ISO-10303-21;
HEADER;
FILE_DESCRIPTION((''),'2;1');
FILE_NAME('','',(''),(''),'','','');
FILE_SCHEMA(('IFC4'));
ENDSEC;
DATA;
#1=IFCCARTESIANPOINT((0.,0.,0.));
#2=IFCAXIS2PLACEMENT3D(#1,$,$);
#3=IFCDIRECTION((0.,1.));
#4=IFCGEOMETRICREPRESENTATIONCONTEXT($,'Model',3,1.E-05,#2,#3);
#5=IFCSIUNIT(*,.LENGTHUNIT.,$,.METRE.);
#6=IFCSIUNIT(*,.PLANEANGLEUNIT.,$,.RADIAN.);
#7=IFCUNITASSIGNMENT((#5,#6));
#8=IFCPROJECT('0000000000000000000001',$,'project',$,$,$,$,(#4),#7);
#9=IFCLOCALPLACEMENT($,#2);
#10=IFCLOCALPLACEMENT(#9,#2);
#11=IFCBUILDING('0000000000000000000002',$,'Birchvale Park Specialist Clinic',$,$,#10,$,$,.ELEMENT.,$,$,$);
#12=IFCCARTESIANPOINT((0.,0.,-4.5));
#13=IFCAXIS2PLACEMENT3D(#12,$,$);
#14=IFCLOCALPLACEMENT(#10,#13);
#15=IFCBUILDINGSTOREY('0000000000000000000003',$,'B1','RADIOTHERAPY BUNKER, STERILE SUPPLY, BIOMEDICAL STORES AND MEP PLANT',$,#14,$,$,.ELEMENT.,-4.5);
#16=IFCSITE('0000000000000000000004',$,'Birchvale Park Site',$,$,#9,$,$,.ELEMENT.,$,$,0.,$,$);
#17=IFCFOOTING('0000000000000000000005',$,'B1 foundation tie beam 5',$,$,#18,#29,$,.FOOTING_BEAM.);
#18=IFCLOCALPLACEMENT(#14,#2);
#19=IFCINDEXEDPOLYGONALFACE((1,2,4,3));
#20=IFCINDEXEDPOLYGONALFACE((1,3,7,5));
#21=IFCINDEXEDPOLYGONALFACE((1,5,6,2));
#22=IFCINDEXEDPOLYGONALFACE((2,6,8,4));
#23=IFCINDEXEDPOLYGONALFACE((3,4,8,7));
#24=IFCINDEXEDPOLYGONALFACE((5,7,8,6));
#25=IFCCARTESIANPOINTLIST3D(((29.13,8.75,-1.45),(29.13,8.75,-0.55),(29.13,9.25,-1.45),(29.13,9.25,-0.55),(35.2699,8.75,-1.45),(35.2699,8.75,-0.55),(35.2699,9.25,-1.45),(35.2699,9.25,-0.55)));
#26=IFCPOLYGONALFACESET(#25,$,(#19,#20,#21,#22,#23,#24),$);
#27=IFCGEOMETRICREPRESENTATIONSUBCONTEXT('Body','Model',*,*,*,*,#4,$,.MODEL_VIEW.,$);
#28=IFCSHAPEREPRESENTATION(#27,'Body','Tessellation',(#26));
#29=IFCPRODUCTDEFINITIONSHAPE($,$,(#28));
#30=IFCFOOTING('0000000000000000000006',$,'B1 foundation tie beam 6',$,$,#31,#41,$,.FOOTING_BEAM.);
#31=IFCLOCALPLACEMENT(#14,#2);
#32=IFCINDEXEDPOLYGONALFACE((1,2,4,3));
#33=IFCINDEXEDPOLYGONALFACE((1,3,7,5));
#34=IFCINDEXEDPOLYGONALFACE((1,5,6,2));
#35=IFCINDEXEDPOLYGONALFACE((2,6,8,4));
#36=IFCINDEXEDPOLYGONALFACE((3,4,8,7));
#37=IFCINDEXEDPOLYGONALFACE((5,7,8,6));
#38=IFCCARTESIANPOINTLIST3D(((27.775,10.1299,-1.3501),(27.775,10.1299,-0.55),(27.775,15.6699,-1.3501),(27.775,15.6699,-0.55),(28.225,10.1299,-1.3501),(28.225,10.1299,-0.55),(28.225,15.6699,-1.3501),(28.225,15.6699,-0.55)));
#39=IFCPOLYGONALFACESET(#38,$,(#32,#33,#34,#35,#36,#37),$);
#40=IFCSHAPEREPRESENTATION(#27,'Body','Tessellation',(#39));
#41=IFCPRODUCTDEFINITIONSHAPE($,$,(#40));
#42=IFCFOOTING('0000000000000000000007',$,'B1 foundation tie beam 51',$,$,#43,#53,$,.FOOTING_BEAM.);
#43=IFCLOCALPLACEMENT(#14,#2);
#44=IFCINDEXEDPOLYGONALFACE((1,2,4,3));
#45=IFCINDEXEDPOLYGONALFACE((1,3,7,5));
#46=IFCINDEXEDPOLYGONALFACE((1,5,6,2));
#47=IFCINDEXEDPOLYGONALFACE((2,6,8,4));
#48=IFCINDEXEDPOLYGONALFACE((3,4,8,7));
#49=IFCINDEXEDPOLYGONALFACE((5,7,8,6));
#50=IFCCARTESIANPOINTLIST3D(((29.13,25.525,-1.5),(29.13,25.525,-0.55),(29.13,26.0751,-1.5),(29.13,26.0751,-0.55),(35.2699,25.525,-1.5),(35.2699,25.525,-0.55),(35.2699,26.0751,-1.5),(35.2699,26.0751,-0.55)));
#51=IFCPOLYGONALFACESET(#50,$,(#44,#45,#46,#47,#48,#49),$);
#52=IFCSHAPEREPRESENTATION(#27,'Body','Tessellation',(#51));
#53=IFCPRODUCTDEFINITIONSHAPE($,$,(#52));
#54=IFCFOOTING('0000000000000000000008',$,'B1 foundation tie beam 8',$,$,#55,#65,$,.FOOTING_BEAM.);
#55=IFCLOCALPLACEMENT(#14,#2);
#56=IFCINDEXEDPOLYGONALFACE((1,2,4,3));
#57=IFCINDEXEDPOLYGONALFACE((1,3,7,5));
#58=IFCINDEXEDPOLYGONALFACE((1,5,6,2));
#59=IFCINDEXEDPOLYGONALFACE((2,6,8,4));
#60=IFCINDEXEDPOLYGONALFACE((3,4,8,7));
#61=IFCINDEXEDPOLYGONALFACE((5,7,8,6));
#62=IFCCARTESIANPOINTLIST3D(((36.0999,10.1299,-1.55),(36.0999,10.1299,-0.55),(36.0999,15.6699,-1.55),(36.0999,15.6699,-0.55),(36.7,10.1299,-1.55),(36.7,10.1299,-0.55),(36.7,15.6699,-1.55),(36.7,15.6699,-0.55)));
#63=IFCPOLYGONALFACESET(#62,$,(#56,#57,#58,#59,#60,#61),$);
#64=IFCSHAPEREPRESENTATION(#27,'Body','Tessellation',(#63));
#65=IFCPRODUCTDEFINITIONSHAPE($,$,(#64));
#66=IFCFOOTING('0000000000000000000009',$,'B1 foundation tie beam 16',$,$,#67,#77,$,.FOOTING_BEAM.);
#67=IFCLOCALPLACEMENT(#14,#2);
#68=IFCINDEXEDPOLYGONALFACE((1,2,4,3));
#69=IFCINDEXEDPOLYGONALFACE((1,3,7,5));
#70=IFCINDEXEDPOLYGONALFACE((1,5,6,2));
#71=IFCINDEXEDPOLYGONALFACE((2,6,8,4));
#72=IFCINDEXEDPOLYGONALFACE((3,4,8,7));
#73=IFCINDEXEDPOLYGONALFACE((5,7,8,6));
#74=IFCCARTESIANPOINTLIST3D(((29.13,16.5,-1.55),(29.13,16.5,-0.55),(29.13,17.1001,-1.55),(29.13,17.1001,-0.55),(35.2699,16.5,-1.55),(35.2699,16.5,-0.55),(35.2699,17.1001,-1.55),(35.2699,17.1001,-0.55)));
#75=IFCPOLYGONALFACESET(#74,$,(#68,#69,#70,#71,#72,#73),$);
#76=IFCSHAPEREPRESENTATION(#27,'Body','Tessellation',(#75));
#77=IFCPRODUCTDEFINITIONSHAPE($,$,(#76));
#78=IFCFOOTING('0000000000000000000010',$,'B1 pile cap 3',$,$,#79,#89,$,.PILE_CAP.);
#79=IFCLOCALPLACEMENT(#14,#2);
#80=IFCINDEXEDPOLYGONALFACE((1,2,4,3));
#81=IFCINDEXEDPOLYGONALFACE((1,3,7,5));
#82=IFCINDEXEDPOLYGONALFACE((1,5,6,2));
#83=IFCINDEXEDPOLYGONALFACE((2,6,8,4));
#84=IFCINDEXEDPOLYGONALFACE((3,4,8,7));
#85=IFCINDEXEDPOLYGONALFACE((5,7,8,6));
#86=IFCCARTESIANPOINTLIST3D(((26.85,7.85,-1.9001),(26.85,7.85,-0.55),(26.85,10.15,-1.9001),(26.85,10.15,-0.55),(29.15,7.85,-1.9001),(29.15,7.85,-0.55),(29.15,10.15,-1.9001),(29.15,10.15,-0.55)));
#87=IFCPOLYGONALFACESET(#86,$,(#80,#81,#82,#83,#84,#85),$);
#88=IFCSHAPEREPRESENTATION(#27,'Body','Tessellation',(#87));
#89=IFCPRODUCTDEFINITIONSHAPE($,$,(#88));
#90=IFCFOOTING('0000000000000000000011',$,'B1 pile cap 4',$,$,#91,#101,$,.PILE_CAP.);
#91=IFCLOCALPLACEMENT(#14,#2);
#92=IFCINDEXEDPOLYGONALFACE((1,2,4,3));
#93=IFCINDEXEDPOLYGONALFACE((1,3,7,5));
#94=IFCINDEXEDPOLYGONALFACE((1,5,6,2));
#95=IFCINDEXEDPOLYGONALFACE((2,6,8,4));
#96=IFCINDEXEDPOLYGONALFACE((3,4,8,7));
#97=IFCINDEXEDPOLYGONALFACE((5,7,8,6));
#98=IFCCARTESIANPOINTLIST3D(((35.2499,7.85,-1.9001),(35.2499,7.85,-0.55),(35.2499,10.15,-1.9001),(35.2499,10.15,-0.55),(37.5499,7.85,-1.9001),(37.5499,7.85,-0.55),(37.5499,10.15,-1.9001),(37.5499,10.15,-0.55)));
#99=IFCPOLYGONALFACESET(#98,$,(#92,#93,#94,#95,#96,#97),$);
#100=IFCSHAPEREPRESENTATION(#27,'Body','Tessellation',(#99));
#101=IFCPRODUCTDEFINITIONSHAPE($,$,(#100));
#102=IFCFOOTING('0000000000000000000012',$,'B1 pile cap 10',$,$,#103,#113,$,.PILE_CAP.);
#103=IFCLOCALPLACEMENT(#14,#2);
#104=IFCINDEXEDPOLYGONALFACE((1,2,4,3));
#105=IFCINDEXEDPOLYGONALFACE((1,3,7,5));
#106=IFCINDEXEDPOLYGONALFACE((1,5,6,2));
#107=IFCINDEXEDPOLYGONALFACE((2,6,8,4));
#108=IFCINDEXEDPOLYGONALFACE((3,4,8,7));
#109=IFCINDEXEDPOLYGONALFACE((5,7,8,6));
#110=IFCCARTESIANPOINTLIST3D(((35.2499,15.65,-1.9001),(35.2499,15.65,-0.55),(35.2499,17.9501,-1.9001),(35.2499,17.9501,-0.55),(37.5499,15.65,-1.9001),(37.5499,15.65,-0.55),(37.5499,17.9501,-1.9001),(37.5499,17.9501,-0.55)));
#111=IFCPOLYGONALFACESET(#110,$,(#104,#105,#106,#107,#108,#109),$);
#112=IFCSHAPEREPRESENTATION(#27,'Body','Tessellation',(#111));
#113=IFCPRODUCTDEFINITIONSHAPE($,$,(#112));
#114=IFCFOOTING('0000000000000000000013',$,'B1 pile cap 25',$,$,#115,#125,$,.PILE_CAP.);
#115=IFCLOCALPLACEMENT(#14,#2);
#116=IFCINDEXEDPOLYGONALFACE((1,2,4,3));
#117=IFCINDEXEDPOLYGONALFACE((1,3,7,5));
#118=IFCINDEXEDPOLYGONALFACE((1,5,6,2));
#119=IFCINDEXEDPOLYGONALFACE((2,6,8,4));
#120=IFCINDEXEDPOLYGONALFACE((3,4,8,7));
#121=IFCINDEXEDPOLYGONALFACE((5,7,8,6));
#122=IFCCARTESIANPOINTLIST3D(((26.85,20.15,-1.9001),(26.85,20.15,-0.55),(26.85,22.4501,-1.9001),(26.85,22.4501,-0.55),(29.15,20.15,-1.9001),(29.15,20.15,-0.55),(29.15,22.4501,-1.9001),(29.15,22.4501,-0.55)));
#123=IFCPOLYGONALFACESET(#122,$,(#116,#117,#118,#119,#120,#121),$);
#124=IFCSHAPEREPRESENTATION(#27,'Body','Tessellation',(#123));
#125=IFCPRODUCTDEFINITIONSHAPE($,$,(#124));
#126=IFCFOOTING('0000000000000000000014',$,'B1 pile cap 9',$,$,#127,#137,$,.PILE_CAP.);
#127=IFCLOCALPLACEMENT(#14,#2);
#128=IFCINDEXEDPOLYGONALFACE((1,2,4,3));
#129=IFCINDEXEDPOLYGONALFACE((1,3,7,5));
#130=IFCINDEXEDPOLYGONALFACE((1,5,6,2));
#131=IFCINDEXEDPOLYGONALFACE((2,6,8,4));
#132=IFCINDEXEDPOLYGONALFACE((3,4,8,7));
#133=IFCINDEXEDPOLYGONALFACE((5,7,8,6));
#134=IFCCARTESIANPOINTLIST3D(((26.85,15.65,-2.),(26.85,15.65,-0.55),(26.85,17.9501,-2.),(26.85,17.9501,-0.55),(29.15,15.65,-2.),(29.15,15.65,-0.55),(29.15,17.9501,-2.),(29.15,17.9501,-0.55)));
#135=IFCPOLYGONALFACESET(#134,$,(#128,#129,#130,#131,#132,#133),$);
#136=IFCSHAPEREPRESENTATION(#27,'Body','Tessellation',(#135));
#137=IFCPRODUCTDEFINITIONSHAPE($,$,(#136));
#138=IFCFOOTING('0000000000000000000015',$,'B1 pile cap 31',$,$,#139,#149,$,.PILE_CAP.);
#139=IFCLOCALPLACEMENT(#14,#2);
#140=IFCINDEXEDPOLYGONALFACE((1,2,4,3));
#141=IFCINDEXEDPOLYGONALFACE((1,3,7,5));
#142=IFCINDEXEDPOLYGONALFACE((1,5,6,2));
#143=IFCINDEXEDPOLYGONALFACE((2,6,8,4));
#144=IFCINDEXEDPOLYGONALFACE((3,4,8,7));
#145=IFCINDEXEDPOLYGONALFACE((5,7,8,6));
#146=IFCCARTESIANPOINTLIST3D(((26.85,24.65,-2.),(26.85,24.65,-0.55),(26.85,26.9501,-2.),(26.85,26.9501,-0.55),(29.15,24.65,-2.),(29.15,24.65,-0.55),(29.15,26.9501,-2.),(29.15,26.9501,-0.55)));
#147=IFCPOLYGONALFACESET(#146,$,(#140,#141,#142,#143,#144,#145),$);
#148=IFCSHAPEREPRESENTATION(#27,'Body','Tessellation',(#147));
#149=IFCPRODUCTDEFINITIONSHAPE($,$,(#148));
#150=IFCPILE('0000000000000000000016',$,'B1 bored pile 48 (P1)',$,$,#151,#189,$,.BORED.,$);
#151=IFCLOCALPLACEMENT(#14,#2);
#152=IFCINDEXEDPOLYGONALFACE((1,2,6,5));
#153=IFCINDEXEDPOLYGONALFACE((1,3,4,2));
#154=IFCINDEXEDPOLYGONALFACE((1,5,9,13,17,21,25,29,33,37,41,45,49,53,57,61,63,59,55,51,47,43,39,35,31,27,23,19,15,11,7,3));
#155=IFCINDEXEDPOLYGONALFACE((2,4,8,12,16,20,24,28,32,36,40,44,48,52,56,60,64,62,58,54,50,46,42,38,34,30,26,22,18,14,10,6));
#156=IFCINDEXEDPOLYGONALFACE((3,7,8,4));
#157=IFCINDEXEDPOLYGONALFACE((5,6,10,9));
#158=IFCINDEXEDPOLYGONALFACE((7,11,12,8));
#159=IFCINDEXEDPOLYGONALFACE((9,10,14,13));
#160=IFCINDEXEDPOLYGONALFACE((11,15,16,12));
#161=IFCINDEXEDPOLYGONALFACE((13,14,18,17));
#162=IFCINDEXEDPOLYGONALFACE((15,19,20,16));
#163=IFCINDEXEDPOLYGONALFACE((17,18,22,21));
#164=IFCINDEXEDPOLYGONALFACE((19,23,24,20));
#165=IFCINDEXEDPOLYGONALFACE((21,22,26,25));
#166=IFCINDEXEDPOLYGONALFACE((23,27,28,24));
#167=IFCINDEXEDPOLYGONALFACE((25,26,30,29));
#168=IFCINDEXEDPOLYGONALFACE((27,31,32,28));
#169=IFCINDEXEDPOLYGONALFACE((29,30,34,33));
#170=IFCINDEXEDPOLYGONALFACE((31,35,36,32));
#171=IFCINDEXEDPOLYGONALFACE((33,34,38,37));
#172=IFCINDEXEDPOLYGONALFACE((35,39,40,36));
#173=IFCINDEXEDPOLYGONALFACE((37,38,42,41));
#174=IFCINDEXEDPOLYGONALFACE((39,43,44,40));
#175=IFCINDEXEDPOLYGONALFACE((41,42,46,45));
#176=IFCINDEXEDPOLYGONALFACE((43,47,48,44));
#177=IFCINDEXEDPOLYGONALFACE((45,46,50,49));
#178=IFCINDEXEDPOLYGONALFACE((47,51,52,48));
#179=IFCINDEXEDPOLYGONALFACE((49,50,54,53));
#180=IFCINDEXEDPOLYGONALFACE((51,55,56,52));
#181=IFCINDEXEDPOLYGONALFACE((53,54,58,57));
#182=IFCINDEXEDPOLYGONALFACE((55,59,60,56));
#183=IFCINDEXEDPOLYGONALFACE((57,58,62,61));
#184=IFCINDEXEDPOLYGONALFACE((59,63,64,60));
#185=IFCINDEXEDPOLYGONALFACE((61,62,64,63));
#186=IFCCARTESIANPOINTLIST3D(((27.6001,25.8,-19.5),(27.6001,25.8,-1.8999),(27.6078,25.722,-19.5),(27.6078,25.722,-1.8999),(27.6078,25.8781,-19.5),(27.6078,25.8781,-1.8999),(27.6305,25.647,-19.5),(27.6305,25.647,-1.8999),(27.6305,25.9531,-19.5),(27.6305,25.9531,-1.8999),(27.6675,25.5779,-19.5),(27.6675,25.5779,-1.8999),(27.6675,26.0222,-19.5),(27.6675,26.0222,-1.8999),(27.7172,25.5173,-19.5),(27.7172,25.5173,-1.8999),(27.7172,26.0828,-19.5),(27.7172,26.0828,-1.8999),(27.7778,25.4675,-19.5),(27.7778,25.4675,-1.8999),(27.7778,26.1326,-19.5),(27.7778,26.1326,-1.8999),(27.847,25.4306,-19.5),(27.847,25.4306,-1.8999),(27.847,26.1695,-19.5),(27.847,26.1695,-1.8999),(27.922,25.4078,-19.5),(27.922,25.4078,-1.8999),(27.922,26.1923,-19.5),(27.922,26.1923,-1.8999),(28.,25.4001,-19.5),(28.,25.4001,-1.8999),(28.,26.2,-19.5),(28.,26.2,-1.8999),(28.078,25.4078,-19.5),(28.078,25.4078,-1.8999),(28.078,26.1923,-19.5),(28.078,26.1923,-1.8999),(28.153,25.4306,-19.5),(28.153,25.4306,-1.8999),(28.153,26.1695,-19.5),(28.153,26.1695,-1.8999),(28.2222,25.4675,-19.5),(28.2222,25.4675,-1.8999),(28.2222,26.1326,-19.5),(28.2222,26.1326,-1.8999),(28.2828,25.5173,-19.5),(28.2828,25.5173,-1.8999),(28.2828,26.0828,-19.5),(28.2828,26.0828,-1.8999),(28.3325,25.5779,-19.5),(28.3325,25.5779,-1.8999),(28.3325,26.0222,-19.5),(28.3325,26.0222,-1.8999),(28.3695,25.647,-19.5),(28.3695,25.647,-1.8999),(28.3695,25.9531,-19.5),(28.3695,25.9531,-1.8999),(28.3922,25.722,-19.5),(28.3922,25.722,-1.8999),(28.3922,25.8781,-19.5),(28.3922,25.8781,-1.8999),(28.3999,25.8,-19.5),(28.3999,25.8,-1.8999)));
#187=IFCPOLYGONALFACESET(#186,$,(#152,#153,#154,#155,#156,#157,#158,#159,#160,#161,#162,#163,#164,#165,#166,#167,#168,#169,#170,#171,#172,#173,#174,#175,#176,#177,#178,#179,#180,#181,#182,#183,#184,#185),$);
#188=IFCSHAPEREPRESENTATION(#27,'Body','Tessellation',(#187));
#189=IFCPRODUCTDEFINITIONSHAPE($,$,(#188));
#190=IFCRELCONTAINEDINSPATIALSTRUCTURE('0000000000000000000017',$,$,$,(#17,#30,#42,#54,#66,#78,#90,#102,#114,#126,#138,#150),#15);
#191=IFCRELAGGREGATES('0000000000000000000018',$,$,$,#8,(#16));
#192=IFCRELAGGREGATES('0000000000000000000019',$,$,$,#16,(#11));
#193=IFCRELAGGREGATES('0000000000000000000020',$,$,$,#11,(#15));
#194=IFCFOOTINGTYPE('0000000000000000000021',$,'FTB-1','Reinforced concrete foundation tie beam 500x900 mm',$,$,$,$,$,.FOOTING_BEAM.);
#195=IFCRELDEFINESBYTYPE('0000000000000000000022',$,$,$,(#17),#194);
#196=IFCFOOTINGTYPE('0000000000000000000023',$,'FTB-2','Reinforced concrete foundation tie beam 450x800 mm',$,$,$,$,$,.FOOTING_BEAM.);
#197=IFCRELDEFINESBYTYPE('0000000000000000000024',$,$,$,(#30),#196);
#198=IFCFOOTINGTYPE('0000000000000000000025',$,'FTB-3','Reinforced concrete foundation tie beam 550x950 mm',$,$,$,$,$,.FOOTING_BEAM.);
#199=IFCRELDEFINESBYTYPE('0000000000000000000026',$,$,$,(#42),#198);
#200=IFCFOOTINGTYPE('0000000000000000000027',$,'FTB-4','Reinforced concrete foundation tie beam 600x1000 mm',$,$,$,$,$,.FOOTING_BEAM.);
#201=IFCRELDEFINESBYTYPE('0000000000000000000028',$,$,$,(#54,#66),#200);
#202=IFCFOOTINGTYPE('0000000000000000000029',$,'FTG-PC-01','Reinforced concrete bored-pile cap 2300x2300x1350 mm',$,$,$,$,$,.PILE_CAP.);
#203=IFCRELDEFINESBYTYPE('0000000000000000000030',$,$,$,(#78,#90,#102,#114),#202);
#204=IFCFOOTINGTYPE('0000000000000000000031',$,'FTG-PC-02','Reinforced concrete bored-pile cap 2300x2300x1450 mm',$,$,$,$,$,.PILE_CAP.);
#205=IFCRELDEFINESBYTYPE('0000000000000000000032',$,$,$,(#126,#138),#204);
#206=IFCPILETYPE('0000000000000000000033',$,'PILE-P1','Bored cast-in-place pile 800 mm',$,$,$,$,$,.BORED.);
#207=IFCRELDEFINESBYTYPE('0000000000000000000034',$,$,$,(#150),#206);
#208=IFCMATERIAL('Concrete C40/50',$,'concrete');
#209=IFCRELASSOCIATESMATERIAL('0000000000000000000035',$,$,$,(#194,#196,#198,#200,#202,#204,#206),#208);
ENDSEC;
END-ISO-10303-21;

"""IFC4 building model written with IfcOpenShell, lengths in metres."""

from ifc_helpers import new_model, si_unit, direction, frame, origin, origin_2d, place, context, subcontext, project, spatial, rectangle, circle, extrude, material, material_profile, profile_set, type_object, element, save


model = new_model("IFC4")

# Units and contexts
model_context = context("Model", 3, precision=1e-05, world=origin(), true_north=direction((0.0, 1.0)))
body_context = subcontext(model_context, "Body", "Model", "MODEL_VIEW")
ifc_project = project(units=[si_unit("LENGTHUNIT", "METRE"), si_unit("PLANEANGLEUNIT", "RADIAN")], contexts=[model_context])

# Site, building, storey
site_placement = place(None, origin())
site = spatial("IfcSite", under=ifc_project, at=site_placement, Name="Birchvale Park Site", CompositionType="ELEMENT", RefElevation=0.0)
building_placement = place(site_placement, origin())
building = spatial("IfcBuilding", under=site, at=building_placement, Name="Birchvale Park Specialist Clinic", CompositionType="ELEMENT")
storey_placement = place(building_placement, frame((0.0, 0.0, -4.5)))
storey = spatial("IfcBuildingStorey", under=building, at=storey_placement, Name="B1", Description="RADIOTHERAPY BUNKER, STERILE SUPPLY, BIOMEDICAL STORES AND MEP PLANT", CompositionType="ELEMENT", Elevation=-4.5)

# Footings
ifc_material_1 = material(Name="Concrete C40/50", Category="concrete")
footing_type_1 = type_object("IfcFootingType", Name="FTB-1", Description="Reinforced concrete foundation tie beam 500x900 mm", PredefinedType="FOOTING_BEAM", material=ifc_material_1)
footing_1_placement = place(storey_placement, frame((32.2, 9.0, -1.45), z_axis=(0.0, 0.0, 1.0), x_axis=(1.0, 0.0, 0.0)))
element("IfcFooting", 1, at=footing_1_placement, inside=storey, type_object=footing_type_1, Name="B1 foundation tie beam 5", PredefinedType="FOOTING_BEAM", context=body_context, shape_type="SweptSolid", body=[
    extrude(rectangle(XDim=6.1399, YDim=0.5, at=origin_2d()), origin(), (0.0, 0.0, 1.0), 0.8999),
])
footing_type_2 = type_object("IfcFootingType", Name="FTB-2", Description="Reinforced concrete foundation tie beam 450x800 mm", PredefinedType="FOOTING_BEAM", material=ifc_material_1)
footing_2_placement = place(storey_placement, frame((28.0, 12.8999, -1.3501), z_axis=(0.0, 0.0, 1.0), x_axis=(1.0, 0.0, 0.0)))
element("IfcFooting", 2, at=footing_2_placement, inside=storey, type_object=footing_type_2, Name="B1 foundation tie beam 6", PredefinedType="FOOTING_BEAM", context=body_context, shape_type="SweptSolid", body=[
    extrude(rectangle(XDim=0.45, YDim=5.54, at=origin_2d()), origin(), (0.0, 0.0, 1.0), 0.8),
])
footing_type_3 = type_object("IfcFootingType", Name="FTB-3", Description="Reinforced concrete foundation tie beam 550x950 mm", PredefinedType="FOOTING_BEAM", material=ifc_material_1)
footing_3_placement = place(storey_placement, frame((32.2, 25.8, -1.5), z_axis=(0.0, 0.0, 1.0), x_axis=(1.0, 0.0, 0.0)))
element("IfcFooting", 3, at=footing_3_placement, inside=storey, type_object=footing_type_3, Name="B1 foundation tie beam 51", PredefinedType="FOOTING_BEAM", context=body_context, shape_type="SweptSolid", body=[
    extrude(rectangle(XDim=6.1399, YDim=0.55, at=origin_2d()), origin(), (0.0, 0.0, 1.0), 0.95),
])
footing_type_4 = type_object("IfcFootingType", Name="FTB-4", Description="Reinforced concrete foundation tie beam 600x1000 mm", PredefinedType="FOOTING_BEAM", material=ifc_material_1)
footing_4_placement = place(storey_placement, frame((36.3999, 12.8999, -1.55), z_axis=(0.0, 0.0, 1.0), x_axis=(1.0, 0.0, 0.0)))
element("IfcFooting", 4, at=footing_4_placement, inside=storey, type_object=footing_type_4, Name="B1 foundation tie beam 8", PredefinedType="FOOTING_BEAM", context=body_context, shape_type="SweptSolid", body=[
    extrude(rectangle(XDim=0.6001, YDim=5.54, at=origin_2d()), origin(), (0.0, 0.0, 1.0), 1.0),
])
footing_5_placement = place(storey_placement, frame((32.2, 16.8, -1.55), z_axis=(0.0, 0.0, 1.0), x_axis=(1.0, 0.0, 0.0)))
element("IfcFooting", 5, at=footing_5_placement, inside=storey, type_object=footing_type_4, Name="B1 foundation tie beam 16", PredefinedType="FOOTING_BEAM", context=body_context, shape_type="SweptSolid", body=[
    extrude(rectangle(XDim=6.1399, YDim=0.6001, at=origin_2d()), origin(), (0.0, 0.0, 1.0), 1.0),
])
footing_type_5 = type_object("IfcFootingType", Name="FTG-PC-01", Description="Reinforced concrete bored-pile cap 2300x2300x1350 mm", PredefinedType="PILE_CAP", material=ifc_material_1)
for number, where, z_axis, x_axis, name in (
    (6, (28.0, 9.0, -1.9001), (0.0, 0.0, 1.0), (1.0, 0.0, 0.0), "B1 pile cap 3"),
    (7, (36.3999, 9.0, -1.9001), (0.0, 0.0, 1.0), (1.0, 0.0, 0.0), "B1 pile cap 4"),
    (8, (36.3999, 16.8, -1.9001), (0.0, 0.0, 1.0), (1.0, 0.0, 0.0), "B1 pile cap 10"),
    (9, (28.0, 21.3, -1.9001), (0.0, 0.0, 1.0), (1.0, 0.0, 0.0), "B1 pile cap 25"),
):
    element("IfcFooting", number, at=place(storey_placement, frame(where, z_axis=z_axis, x_axis=x_axis)), inside=storey, type_object=footing_type_5, Name=name, PredefinedType="PILE_CAP", context=body_context, shape_type="SweptSolid", body=[
        extrude(rectangle(XDim=2.3, YDim=2.3, at=origin_2d()), origin(), (0.0, 0.0, 1.0), 1.3501),
    ])
footing_type_6 = type_object("IfcFootingType", Name="FTG-PC-02", Description="Reinforced concrete bored-pile cap 2300x2300x1450 mm", PredefinedType="PILE_CAP", material=ifc_material_1)
for number, where, z_axis, x_axis, name in (
    (10, (28.0, 16.8, -2.0), (0.0, 0.0, 1.0), (1.0, 0.0, 0.0), "B1 pile cap 9"),
    (11, (28.0, 25.8, -2.0), (0.0, 0.0, 1.0), (1.0, 0.0, 0.0), "B1 pile cap 31"),
):
    element("IfcFooting", number, at=place(storey_placement, frame(where, z_axis=z_axis, x_axis=x_axis)), inside=storey, type_object=footing_type_6, Name=name, PredefinedType="PILE_CAP", context=body_context, shape_type="SweptSolid", body=[
        extrude(rectangle(XDim=2.3, YDim=2.3, at=origin_2d()), origin(), (0.0, 0.0, 1.0), 1.45),
    ])

# Pile
ifc_material_profile_1 = material_profile(ifc_material_1, circle(Radius=0.3999, at=origin_2d()), Name="PILE-800")
ifc_profile_set_1 = profile_set([ifc_material_profile_1], Name="Concrete C40/50")
pile_type_1 = type_object("IfcPileType", Name="PILE-P1", Description="Bored cast-in-place pile 800 mm", PredefinedType="BORED", material=ifc_profile_set_1)
pile_1_placement = place(storey_placement, frame((28.0, 25.8, -1.8999), z_axis=(0.0, 0.0, -1.0), x_axis=(1.0, 0.0, 0.0)))
element("IfcPile", 12, at=pile_1_placement, inside=storey, type_object=pile_type_1, Name="B1 bored pile 48 (P1)", PredefinedType="BORED", context=body_context, shape_type="SweptSolid", body=[
    extrude(circle(Radius=0.3999, at=origin_2d()), origin(), (0.0, 0.0, 1.0), 17.6001),
])

save(model, "model.ifc")
